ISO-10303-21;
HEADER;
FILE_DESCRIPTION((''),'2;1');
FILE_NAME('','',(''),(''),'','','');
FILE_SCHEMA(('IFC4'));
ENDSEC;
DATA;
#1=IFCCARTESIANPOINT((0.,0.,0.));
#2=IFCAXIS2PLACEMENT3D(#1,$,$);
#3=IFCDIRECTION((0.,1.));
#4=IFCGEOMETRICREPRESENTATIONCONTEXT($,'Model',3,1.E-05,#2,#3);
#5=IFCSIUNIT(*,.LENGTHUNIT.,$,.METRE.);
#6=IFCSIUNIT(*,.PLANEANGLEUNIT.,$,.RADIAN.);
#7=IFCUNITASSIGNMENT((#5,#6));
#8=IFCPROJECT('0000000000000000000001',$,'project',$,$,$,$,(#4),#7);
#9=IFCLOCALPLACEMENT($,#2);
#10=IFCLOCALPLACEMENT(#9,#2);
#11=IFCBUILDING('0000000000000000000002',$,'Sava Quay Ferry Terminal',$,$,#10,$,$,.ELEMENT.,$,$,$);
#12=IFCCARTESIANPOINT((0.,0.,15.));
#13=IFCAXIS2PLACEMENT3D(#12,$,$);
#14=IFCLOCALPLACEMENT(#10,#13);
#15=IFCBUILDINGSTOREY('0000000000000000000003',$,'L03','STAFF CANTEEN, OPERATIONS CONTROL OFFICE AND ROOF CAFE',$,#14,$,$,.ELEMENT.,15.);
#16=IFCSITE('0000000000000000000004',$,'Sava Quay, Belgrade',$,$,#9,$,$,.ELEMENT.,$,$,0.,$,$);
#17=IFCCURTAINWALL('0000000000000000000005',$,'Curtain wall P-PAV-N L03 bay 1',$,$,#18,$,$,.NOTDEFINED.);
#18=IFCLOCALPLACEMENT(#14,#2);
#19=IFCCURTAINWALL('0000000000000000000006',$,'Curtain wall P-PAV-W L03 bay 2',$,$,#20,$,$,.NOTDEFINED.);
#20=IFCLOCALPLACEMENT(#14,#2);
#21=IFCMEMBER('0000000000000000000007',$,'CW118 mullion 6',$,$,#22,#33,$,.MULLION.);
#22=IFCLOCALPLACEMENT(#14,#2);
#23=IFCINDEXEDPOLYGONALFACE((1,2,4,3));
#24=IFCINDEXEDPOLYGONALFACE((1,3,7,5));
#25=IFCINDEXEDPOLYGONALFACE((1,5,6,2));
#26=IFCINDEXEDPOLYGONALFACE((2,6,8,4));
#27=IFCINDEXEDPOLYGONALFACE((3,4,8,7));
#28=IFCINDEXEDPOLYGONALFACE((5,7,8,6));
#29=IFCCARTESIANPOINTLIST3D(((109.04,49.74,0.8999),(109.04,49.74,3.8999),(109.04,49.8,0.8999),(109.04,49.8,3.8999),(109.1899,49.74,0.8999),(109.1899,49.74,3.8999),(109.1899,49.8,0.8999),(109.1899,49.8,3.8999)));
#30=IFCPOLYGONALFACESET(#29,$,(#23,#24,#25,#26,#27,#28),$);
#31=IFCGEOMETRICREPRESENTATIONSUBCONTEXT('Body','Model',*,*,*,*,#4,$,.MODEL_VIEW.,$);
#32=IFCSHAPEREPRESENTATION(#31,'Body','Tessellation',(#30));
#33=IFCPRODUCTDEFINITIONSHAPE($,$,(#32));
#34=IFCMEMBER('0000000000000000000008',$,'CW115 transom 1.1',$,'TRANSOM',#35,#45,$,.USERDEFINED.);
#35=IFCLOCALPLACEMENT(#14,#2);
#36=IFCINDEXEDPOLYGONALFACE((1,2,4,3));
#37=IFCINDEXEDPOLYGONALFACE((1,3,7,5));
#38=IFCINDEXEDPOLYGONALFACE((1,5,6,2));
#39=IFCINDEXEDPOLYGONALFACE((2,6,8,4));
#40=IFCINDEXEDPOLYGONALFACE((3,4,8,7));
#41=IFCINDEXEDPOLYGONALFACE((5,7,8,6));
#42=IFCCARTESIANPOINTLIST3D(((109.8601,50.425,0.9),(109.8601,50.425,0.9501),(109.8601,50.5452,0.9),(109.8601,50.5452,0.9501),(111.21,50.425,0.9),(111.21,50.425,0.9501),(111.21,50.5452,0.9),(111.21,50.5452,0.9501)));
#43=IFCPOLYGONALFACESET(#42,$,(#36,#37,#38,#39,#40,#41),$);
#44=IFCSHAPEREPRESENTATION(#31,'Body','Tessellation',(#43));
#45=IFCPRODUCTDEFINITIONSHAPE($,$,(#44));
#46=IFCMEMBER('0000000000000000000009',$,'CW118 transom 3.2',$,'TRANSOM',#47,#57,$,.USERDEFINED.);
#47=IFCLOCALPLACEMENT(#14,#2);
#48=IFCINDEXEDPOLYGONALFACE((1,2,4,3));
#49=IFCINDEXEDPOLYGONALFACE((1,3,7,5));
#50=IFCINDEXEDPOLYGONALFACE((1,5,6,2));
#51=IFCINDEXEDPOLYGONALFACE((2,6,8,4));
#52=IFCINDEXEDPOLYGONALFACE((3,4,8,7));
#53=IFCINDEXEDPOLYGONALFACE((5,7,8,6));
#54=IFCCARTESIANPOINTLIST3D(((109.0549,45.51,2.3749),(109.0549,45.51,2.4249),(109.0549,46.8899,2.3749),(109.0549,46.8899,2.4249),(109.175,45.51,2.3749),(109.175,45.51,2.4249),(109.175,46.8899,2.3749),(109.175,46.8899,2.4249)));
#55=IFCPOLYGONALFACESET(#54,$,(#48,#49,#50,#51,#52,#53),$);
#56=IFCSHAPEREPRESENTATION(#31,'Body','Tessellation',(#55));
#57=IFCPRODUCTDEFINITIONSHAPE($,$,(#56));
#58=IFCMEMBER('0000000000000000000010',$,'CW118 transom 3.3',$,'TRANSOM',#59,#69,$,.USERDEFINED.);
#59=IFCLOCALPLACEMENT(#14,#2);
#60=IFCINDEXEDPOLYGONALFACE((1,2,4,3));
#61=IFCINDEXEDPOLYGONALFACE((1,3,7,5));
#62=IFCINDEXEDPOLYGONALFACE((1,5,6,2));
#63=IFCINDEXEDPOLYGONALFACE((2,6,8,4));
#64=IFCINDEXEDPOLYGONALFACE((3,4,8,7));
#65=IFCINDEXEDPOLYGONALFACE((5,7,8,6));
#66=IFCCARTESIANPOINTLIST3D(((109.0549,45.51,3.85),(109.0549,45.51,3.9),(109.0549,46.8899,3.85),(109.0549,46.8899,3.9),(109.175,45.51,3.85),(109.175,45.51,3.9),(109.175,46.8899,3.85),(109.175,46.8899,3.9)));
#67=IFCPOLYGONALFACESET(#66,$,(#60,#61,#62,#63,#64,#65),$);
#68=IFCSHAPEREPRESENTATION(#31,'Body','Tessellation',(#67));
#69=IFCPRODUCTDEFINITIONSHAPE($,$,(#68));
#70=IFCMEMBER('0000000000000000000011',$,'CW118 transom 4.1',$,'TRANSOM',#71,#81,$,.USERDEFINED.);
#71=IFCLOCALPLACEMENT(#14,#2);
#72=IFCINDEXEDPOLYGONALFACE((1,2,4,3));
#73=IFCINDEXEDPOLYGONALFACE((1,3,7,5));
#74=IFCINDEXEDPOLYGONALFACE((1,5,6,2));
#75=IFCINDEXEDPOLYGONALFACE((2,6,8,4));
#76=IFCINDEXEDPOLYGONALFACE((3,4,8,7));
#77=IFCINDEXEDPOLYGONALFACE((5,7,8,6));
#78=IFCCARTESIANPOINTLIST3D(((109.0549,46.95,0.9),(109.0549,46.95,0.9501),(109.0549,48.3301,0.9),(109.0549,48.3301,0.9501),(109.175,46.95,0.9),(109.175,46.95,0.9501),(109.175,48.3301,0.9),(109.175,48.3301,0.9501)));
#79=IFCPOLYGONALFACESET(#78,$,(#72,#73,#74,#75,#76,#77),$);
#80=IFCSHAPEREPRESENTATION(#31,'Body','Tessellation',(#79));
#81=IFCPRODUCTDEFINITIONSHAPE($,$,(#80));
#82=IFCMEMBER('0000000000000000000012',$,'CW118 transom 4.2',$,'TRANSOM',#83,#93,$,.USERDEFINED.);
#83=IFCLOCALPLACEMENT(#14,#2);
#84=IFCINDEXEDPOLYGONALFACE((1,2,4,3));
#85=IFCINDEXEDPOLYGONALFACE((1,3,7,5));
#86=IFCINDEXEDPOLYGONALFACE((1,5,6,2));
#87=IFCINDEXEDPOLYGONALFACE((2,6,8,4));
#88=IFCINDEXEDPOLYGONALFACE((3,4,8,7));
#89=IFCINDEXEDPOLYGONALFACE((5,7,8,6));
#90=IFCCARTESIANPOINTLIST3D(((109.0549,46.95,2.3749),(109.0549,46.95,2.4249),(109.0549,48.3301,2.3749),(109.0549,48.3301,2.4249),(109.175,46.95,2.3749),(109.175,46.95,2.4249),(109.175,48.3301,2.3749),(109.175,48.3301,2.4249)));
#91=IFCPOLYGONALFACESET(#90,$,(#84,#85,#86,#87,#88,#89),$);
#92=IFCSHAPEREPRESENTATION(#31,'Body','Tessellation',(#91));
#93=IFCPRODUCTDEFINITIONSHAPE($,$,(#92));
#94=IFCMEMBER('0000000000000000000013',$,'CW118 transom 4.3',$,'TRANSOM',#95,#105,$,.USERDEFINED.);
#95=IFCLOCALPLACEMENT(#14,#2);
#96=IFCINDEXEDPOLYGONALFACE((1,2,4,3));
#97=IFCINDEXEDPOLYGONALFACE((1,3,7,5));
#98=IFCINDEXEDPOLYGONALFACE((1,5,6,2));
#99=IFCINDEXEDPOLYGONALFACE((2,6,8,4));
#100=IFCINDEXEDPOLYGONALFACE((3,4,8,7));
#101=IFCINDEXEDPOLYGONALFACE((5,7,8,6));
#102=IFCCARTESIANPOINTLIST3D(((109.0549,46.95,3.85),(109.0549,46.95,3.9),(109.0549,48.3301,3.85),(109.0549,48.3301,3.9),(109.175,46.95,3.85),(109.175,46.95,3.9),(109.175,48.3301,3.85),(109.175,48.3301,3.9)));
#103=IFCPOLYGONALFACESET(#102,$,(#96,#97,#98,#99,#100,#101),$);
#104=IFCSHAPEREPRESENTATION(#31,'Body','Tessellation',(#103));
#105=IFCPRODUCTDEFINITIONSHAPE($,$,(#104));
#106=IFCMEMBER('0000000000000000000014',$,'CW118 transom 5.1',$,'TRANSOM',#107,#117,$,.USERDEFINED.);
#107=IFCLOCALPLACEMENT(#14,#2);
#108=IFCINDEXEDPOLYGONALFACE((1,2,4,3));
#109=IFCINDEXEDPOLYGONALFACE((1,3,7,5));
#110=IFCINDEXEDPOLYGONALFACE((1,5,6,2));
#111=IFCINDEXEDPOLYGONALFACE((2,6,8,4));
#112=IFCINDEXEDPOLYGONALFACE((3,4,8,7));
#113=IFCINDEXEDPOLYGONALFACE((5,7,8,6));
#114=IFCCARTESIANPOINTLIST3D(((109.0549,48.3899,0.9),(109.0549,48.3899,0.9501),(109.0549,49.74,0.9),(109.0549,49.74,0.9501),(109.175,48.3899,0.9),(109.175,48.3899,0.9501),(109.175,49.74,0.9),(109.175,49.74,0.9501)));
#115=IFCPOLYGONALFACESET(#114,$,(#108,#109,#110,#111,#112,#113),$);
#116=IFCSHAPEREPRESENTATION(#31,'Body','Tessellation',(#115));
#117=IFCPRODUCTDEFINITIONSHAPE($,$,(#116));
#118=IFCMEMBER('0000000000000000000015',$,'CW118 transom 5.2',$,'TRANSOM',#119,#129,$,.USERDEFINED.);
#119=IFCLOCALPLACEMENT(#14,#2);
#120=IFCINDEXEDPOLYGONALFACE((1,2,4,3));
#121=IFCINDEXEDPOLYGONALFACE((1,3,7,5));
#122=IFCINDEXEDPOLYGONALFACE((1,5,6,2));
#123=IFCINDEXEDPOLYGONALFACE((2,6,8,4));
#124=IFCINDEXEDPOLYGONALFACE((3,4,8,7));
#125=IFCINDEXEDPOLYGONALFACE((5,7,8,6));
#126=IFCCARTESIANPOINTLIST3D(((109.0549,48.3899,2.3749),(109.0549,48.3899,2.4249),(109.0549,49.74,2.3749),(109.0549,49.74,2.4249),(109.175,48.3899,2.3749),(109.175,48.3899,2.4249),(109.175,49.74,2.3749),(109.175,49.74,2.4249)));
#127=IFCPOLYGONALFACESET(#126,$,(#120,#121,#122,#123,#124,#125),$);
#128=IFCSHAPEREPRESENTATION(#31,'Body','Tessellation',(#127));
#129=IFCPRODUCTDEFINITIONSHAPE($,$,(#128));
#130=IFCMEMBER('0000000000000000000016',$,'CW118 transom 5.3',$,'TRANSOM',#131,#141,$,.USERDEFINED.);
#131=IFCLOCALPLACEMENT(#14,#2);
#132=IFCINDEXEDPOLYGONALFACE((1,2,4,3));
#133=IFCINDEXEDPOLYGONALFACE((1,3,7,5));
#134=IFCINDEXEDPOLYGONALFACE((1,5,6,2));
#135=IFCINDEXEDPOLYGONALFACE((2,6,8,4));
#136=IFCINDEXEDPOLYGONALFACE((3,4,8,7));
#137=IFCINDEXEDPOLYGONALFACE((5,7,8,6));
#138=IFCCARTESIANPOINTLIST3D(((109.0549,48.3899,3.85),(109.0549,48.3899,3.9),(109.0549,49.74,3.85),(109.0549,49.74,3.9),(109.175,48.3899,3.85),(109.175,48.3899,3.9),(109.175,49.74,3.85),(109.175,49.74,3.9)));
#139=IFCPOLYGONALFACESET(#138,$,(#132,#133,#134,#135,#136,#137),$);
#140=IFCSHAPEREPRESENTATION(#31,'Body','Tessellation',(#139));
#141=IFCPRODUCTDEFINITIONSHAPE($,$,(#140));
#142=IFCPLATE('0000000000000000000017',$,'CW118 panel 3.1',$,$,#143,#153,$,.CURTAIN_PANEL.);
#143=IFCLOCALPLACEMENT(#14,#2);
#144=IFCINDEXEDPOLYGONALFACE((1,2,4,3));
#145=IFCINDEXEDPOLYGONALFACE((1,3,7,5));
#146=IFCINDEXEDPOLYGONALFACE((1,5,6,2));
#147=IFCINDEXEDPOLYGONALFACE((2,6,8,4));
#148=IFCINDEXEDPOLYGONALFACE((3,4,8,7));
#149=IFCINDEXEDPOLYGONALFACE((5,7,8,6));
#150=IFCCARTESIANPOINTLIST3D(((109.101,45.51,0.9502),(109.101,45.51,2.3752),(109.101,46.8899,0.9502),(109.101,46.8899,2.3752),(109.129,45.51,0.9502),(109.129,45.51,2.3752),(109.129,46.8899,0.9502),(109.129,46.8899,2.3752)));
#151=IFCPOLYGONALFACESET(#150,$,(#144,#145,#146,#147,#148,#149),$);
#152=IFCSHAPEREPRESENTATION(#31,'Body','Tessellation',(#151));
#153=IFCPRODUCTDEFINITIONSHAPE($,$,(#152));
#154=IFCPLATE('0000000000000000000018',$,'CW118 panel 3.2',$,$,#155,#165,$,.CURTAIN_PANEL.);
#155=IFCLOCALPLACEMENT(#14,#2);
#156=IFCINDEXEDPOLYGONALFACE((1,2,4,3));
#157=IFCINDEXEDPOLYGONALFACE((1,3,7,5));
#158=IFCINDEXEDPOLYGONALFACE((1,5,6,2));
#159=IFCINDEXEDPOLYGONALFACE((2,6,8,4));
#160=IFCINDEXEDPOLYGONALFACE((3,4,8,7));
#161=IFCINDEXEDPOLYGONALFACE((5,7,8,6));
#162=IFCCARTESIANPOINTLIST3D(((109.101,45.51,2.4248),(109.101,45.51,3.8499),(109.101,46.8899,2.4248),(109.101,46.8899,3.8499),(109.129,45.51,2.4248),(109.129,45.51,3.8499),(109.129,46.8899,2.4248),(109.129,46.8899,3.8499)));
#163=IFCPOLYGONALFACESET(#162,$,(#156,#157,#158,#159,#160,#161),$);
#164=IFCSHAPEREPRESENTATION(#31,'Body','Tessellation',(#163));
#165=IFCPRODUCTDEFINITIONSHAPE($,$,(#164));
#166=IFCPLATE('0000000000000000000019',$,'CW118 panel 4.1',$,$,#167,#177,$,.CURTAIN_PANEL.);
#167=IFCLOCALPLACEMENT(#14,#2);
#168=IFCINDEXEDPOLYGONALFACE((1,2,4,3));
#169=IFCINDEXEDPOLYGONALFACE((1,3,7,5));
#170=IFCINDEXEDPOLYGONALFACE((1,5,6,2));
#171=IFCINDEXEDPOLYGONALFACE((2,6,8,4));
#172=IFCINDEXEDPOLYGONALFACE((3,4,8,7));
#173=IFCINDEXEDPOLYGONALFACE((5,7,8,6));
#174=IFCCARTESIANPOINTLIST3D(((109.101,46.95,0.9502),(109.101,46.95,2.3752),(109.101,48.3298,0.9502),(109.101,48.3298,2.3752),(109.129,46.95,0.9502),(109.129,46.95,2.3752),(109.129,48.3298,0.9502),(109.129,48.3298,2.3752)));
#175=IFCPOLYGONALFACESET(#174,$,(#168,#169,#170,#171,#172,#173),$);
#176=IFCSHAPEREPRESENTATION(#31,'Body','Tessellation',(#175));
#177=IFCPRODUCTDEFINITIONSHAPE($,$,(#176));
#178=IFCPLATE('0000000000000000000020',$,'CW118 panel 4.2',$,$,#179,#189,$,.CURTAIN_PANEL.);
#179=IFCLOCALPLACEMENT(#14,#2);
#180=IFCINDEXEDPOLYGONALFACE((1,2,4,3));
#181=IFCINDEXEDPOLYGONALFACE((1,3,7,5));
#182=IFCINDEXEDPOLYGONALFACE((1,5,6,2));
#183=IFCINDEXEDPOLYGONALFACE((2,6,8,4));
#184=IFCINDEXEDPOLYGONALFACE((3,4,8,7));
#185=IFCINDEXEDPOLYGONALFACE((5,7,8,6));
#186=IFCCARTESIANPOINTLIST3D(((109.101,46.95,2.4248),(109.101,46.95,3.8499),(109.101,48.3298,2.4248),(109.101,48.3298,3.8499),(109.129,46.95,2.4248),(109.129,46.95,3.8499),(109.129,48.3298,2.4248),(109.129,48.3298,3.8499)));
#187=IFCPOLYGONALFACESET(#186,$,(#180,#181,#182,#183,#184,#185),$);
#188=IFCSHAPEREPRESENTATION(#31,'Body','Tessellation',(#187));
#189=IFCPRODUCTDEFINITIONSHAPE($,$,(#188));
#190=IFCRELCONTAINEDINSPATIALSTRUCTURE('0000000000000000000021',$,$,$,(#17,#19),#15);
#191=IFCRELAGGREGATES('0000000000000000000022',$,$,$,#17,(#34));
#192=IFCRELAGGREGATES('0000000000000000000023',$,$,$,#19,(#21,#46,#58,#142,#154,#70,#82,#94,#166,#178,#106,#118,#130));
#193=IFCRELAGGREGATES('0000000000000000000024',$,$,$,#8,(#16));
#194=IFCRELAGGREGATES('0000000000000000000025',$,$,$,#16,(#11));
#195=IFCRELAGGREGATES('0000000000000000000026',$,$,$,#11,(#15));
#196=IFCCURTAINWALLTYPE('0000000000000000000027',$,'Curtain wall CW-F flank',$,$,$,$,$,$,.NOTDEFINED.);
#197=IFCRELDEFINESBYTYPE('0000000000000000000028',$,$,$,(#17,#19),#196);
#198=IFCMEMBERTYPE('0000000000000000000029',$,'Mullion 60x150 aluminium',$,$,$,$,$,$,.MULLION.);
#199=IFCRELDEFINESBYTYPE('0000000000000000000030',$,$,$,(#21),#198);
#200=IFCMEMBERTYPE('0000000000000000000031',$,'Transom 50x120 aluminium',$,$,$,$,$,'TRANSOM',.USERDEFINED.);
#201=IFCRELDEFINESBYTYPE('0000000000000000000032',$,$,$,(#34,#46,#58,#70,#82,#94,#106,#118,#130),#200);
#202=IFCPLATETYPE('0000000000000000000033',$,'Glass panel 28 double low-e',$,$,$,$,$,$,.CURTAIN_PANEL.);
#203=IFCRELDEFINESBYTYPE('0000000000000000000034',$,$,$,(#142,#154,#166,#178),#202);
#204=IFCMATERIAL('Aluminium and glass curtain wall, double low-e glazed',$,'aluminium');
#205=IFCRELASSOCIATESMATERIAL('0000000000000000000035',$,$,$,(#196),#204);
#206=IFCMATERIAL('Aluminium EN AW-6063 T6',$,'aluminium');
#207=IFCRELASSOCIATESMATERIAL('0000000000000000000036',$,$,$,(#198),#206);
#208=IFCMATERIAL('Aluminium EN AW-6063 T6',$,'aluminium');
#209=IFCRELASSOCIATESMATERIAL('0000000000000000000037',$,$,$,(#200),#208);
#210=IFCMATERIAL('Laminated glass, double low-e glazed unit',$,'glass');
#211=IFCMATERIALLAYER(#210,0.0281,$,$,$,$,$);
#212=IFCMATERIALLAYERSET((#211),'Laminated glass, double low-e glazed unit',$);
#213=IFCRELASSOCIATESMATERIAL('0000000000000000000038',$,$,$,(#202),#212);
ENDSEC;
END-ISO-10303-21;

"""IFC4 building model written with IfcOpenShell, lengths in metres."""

from ifc_helpers import new_model, si_unit, direction, frame, origin, origin_2d, place, context, subcontext, project, spatial, rectangle, extrude, material, layer, layer_set, material_profile, profile_set, type_object, element, aggregate, save


model = new_model("IFC4")

# Units and contexts
model_context = context("Model", 3, precision=1e-05, world=origin(), true_north=direction((0.0, 1.0)))
body_context = subcontext(model_context, "Body", "Model", "MODEL_VIEW")
ifc_project = project(units=[si_unit("LENGTHUNIT", "METRE"), si_unit("PLANEANGLEUNIT", "RADIAN")], contexts=[model_context])

# Site, building, storey
site_placement = place(None, origin())
site = spatial("IfcSite", under=ifc_project, at=site_placement, Name="Sava Quay, Belgrade", CompositionType="ELEMENT", RefElevation=0.0)
building_placement = place(site_placement, origin())
building = spatial("IfcBuilding", under=site, at=building_placement, Name="Sava Quay Ferry Terminal", CompositionType="ELEMENT")
storey_placement = place(building_placement, frame((0.0, 0.0, 15.0)))
storey = spatial("IfcBuildingStorey", under=building, at=storey_placement, Name="L03", Description="STAFF CANTEEN, OPERATIONS CONTROL OFFICE AND ROOF CAFE", CompositionType="ELEMENT", Elevation=15.0)

# Curtain wall
ifc_material_1 = material(Name="Aluminium and glass curtain wall, double low-e glazed", Category="aluminium")
curtain_wall_type = type_object("IfcCurtainWallType", Name="Curtain wall CW-F flank", PredefinedType="NOTDEFINED", material=ifc_material_1)
curtain_wall_1_placement = place(storey_placement, origin())
curtain_wall_1 = element("IfcCurtainWall", 1, at=curtain_wall_1_placement, inside=storey, type_object=curtain_wall_type, Name="Curtain wall P-PAV-N L03 bay 1", PredefinedType="NOTDEFINED")
ifc_material_2 = material(Name="Aluminium EN AW-6063 T6", Category="aluminium")
ifc_material_profile_1 = material_profile(ifc_material_2, rectangle(XDim=0.1499, YDim=0.0601, at=origin_2d()), Name="Mullion 60x150 aluminium")
ifc_profile_set_1 = profile_set([ifc_material_profile_1], Name="Aluminium EN AW-6063 T6")
member_type_1 = type_object("IfcMemberType", Name="Mullion 60x150 aluminium", PredefinedType="MULLION", material=ifc_profile_set_1)

# Curtain wall, member
curtain_wall_2_placement = place(storey_placement, origin())
curtain_wall_2 = element("IfcCurtainWall", 2, at=curtain_wall_2_placement, inside=storey, type_object=curtain_wall_type, Name="Curtain wall P-PAV-W L03 bay 2", PredefinedType="NOTDEFINED")
member_1_placement = place(storey_placement, frame((109.115, 49.77, 0.8999), z_axis=(0.0, 0.0, 1.0), x_axis=(-1.0, 0.0, 0.0)))
member_1 = element("IfcMember", 3, at=member_1_placement, type_object=member_type_1, Name="CW118 mullion 6", PredefinedType="MULLION", context=body_context, shape_type="SweptSolid", body=[
    extrude(rectangle(XDim=0.1499, YDim=0.0601, at=origin_2d()), origin(), (0.0, 0.0, 1.0), 3.0),
])

# Members
ifc_material_3 = material(Name="Aluminium EN AW-6063 T6", Category="aluminium")
ifc_material_profile_2 = material_profile(ifc_material_3, rectangle(XDim=0.1201, YDim=0.05, at=origin_2d()), Name="Transom 50x120 aluminium")
ifc_profile_set_2 = profile_set([ifc_material_profile_2], Name="Aluminium EN AW-6063 T6")
member_type_2 = type_object("IfcMemberType", Name="Transom 50x120 aluminium", ElementType="TRANSOM", PredefinedType="USERDEFINED", material=ifc_profile_set_2)
member_2_placement = place(storey_placement, frame((109.8601, 50.4851, 0.925), z_axis=(1.0, 0.0, 0.0), x_axis=(0.0, 1.0, 0.0)))
member_2 = element("IfcMember", 4, at=member_2_placement, type_object=member_type_2, Name="CW115 transom 1.1", ObjectType="TRANSOM", PredefinedType="USERDEFINED", context=body_context, shape_type="SweptSolid", body=[
    extrude(rectangle(XDim=0.1201, YDim=0.05, at=origin_2d()), origin(), (0.0, 0.0, 1.0), 1.3499),
])
aggregate(curtain_wall_1, [member_2])
member_3_placement = place(storey_placement, frame((109.115, 45.51, 2.3999), z_axis=(0.0, 1.0, 0.0), x_axis=(-1.0, 0.0, 0.0)))
member_3 = element("IfcMember", 5, at=member_3_placement, type_object=member_type_2, Name="CW118 transom 3.2", ObjectType="TRANSOM", PredefinedType="USERDEFINED", context=body_context, shape_type="SweptSolid", body=[
    extrude(rectangle(XDim=0.1201, YDim=0.05, at=origin_2d()), origin(), (0.0, 0.0, 1.0), 1.3799),
])
member_4_placement = place(storey_placement, frame((109.115, 45.51, 3.875), z_axis=(0.0, 1.0, 0.0), x_axis=(-1.0, 0.0, 0.0)))
member_4 = element("IfcMember", 6, at=member_4_placement, type_object=member_type_2, Name="CW118 transom 3.3", ObjectType="TRANSOM", PredefinedType="USERDEFINED", context=body_context, shape_type="SweptSolid", body=[
    extrude(rectangle(XDim=0.1201, YDim=0.05, at=origin_2d()), origin(), (0.0, 0.0, 1.0), 1.3799),
])
member_5_placement = place(storey_placement, frame((109.115, 46.95, 0.925), z_axis=(0.0, 1.0, 0.0), x_axis=(-1.0, 0.0, 0.0)))
member_5 = element("IfcMember", 7, at=member_5_placement, type_object=member_type_2, Name="CW118 transom 4.1", ObjectType="TRANSOM", PredefinedType="USERDEFINED", context=body_context, shape_type="SweptSolid", body=[
    extrude(rectangle(XDim=0.1201, YDim=0.05, at=origin_2d()), origin(), (0.0, 0.0, 1.0), 1.3801),
])
member_6_placement = place(storey_placement, frame((109.115, 46.95, 2.3999), z_axis=(0.0, 1.0, 0.0), x_axis=(-1.0, 0.0, 0.0)))
member_6 = element("IfcMember", 8, at=member_6_placement, type_object=member_type_2, Name="CW118 transom 4.2", ObjectType="TRANSOM", PredefinedType="USERDEFINED", context=body_context, shape_type="SweptSolid", body=[
    extrude(rectangle(XDim=0.1201, YDim=0.05, at=origin_2d()), origin(), (0.0, 0.0, 1.0), 1.3801),
])
member_7_placement = place(storey_placement, frame((109.115, 46.95, 3.875), z_axis=(0.0, 1.0, 0.0), x_axis=(-1.0, 0.0, 0.0)))
member_7 = element("IfcMember", 9, at=member_7_placement, type_object=member_type_2, Name="CW118 transom 4.3", ObjectType="TRANSOM", PredefinedType="USERDEFINED", context=body_context, shape_type="SweptSolid", body=[
    extrude(rectangle(XDim=0.1201, YDim=0.05, at=origin_2d()), origin(), (0.0, 0.0, 1.0), 1.3801),
])
member_8_placement = place(storey_placement, frame((109.115, 48.3899, 0.925), z_axis=(0.0, 1.0, 0.0), x_axis=(-1.0, 0.0, 0.0)))
member_8 = element("IfcMember", 10, at=member_8_placement, type_object=member_type_2, Name="CW118 transom 5.1", ObjectType="TRANSOM", PredefinedType="USERDEFINED", context=body_context, shape_type="SweptSolid", body=[
    extrude(rectangle(XDim=0.1201, YDim=0.05, at=origin_2d()), origin(), (0.0, 0.0, 1.0), 1.3501),
])
member_9_placement = place(storey_placement, frame((109.115, 48.3899, 2.3999), z_axis=(0.0, 1.0, 0.0), x_axis=(-1.0, 0.0, 0.0)))
member_9 = element("IfcMember", 11, at=member_9_placement, type_object=member_type_2, Name="CW118 transom 5.2", ObjectType="TRANSOM", PredefinedType="USERDEFINED", context=body_context, shape_type="SweptSolid", body=[
    extrude(rectangle(XDim=0.1201, YDim=0.05, at=origin_2d()), origin(), (0.0, 0.0, 1.0), 1.3501),
])
member_10_placement = place(storey_placement, frame((109.115, 48.3899, 3.875), z_axis=(0.0, 1.0, 0.0), x_axis=(-1.0, 0.0, 0.0)))
member_10 = element("IfcMember", 12, at=member_10_placement, type_object=member_type_2, Name="CW118 transom 5.3", ObjectType="TRANSOM", PredefinedType="USERDEFINED", context=body_context, shape_type="SweptSolid", body=[
    extrude(rectangle(XDim=0.1201, YDim=0.05, at=origin_2d()), origin(), (0.0, 0.0, 1.0), 1.3501),
])

# Plates
ifc_material_4 = material(Name="Laminated glass, double low-e glazed unit", Category="glass")
ifc_layer = layer(ifc_material_4, 0.0281)
ifc_layer_set = layer_set([ifc_layer], Name="Laminated glass, double low-e glazed unit")
plate_type = type_object("IfcPlateType", Name="Glass panel 28 double low-e", PredefinedType="CURTAIN_PANEL", material=ifc_layer_set)
plate_1_placement = place(storey_placement, frame((109.115, 46.2, 0.9502), z_axis=(0.0, 0.0, 1.0), x_axis=(0.0, 1.0, 0.0)))
plate_1 = element("IfcPlate", 13, at=plate_1_placement, type_object=plate_type, Name="CW118 panel 3.1", PredefinedType="CURTAIN_PANEL", context=body_context, shape_type="SweptSolid", body=[
    extrude(rectangle(XDim=1.3799, YDim=0.0281, at=origin_2d()), origin(), (0.0, 0.0, 1.0), 1.425),
])
plate_2_placement = place(storey_placement, frame((109.115, 46.2, 2.4248), z_axis=(0.0, 0.0, 1.0), x_axis=(0.0, 1.0, 0.0)))
plate_2 = element("IfcPlate", 14, at=plate_2_placement, type_object=plate_type, Name="CW118 panel 3.2", PredefinedType="CURTAIN_PANEL", context=body_context, shape_type="SweptSolid", body=[
    extrude(rectangle(XDim=1.3799, YDim=0.0281, at=origin_2d()), origin(), (0.0, 0.0, 1.0), 1.425),
])
plate_3_placement = place(storey_placement, frame((109.115, 47.6399, 0.9502), z_axis=(0.0, 0.0, 1.0), x_axis=(0.0, 1.0, 0.0)))
plate_3 = element("IfcPlate", 15, at=plate_3_placement, type_object=plate_type, Name="CW118 panel 4.1", PredefinedType="CURTAIN_PANEL", context=body_context, shape_type="SweptSolid", body=[
    extrude(rectangle(XDim=1.3799, YDim=0.0281, at=origin_2d()), origin(), (0.0, 0.0, 1.0), 1.425),
])
plate_4_placement = place(storey_placement, frame((109.115, 47.6399, 2.4248), z_axis=(0.0, 0.0, 1.0), x_axis=(0.0, 1.0, 0.0)))
plate_4 = element("IfcPlate", 16, at=plate_4_placement, type_object=plate_type, Name="CW118 panel 4.2", PredefinedType="CURTAIN_PANEL", context=body_context, shape_type="SweptSolid", body=[
    extrude(rectangle(XDim=1.3799, YDim=0.0281, at=origin_2d()), origin(), (0.0, 0.0, 1.0), 1.425),
])
aggregate(curtain_wall_2, [member_1, member_3, member_4, plate_1, plate_2, member_5, member_6, member_7, plate_3, plate_4, member_8, member_9, member_10])

save(model, "model.ifc")
